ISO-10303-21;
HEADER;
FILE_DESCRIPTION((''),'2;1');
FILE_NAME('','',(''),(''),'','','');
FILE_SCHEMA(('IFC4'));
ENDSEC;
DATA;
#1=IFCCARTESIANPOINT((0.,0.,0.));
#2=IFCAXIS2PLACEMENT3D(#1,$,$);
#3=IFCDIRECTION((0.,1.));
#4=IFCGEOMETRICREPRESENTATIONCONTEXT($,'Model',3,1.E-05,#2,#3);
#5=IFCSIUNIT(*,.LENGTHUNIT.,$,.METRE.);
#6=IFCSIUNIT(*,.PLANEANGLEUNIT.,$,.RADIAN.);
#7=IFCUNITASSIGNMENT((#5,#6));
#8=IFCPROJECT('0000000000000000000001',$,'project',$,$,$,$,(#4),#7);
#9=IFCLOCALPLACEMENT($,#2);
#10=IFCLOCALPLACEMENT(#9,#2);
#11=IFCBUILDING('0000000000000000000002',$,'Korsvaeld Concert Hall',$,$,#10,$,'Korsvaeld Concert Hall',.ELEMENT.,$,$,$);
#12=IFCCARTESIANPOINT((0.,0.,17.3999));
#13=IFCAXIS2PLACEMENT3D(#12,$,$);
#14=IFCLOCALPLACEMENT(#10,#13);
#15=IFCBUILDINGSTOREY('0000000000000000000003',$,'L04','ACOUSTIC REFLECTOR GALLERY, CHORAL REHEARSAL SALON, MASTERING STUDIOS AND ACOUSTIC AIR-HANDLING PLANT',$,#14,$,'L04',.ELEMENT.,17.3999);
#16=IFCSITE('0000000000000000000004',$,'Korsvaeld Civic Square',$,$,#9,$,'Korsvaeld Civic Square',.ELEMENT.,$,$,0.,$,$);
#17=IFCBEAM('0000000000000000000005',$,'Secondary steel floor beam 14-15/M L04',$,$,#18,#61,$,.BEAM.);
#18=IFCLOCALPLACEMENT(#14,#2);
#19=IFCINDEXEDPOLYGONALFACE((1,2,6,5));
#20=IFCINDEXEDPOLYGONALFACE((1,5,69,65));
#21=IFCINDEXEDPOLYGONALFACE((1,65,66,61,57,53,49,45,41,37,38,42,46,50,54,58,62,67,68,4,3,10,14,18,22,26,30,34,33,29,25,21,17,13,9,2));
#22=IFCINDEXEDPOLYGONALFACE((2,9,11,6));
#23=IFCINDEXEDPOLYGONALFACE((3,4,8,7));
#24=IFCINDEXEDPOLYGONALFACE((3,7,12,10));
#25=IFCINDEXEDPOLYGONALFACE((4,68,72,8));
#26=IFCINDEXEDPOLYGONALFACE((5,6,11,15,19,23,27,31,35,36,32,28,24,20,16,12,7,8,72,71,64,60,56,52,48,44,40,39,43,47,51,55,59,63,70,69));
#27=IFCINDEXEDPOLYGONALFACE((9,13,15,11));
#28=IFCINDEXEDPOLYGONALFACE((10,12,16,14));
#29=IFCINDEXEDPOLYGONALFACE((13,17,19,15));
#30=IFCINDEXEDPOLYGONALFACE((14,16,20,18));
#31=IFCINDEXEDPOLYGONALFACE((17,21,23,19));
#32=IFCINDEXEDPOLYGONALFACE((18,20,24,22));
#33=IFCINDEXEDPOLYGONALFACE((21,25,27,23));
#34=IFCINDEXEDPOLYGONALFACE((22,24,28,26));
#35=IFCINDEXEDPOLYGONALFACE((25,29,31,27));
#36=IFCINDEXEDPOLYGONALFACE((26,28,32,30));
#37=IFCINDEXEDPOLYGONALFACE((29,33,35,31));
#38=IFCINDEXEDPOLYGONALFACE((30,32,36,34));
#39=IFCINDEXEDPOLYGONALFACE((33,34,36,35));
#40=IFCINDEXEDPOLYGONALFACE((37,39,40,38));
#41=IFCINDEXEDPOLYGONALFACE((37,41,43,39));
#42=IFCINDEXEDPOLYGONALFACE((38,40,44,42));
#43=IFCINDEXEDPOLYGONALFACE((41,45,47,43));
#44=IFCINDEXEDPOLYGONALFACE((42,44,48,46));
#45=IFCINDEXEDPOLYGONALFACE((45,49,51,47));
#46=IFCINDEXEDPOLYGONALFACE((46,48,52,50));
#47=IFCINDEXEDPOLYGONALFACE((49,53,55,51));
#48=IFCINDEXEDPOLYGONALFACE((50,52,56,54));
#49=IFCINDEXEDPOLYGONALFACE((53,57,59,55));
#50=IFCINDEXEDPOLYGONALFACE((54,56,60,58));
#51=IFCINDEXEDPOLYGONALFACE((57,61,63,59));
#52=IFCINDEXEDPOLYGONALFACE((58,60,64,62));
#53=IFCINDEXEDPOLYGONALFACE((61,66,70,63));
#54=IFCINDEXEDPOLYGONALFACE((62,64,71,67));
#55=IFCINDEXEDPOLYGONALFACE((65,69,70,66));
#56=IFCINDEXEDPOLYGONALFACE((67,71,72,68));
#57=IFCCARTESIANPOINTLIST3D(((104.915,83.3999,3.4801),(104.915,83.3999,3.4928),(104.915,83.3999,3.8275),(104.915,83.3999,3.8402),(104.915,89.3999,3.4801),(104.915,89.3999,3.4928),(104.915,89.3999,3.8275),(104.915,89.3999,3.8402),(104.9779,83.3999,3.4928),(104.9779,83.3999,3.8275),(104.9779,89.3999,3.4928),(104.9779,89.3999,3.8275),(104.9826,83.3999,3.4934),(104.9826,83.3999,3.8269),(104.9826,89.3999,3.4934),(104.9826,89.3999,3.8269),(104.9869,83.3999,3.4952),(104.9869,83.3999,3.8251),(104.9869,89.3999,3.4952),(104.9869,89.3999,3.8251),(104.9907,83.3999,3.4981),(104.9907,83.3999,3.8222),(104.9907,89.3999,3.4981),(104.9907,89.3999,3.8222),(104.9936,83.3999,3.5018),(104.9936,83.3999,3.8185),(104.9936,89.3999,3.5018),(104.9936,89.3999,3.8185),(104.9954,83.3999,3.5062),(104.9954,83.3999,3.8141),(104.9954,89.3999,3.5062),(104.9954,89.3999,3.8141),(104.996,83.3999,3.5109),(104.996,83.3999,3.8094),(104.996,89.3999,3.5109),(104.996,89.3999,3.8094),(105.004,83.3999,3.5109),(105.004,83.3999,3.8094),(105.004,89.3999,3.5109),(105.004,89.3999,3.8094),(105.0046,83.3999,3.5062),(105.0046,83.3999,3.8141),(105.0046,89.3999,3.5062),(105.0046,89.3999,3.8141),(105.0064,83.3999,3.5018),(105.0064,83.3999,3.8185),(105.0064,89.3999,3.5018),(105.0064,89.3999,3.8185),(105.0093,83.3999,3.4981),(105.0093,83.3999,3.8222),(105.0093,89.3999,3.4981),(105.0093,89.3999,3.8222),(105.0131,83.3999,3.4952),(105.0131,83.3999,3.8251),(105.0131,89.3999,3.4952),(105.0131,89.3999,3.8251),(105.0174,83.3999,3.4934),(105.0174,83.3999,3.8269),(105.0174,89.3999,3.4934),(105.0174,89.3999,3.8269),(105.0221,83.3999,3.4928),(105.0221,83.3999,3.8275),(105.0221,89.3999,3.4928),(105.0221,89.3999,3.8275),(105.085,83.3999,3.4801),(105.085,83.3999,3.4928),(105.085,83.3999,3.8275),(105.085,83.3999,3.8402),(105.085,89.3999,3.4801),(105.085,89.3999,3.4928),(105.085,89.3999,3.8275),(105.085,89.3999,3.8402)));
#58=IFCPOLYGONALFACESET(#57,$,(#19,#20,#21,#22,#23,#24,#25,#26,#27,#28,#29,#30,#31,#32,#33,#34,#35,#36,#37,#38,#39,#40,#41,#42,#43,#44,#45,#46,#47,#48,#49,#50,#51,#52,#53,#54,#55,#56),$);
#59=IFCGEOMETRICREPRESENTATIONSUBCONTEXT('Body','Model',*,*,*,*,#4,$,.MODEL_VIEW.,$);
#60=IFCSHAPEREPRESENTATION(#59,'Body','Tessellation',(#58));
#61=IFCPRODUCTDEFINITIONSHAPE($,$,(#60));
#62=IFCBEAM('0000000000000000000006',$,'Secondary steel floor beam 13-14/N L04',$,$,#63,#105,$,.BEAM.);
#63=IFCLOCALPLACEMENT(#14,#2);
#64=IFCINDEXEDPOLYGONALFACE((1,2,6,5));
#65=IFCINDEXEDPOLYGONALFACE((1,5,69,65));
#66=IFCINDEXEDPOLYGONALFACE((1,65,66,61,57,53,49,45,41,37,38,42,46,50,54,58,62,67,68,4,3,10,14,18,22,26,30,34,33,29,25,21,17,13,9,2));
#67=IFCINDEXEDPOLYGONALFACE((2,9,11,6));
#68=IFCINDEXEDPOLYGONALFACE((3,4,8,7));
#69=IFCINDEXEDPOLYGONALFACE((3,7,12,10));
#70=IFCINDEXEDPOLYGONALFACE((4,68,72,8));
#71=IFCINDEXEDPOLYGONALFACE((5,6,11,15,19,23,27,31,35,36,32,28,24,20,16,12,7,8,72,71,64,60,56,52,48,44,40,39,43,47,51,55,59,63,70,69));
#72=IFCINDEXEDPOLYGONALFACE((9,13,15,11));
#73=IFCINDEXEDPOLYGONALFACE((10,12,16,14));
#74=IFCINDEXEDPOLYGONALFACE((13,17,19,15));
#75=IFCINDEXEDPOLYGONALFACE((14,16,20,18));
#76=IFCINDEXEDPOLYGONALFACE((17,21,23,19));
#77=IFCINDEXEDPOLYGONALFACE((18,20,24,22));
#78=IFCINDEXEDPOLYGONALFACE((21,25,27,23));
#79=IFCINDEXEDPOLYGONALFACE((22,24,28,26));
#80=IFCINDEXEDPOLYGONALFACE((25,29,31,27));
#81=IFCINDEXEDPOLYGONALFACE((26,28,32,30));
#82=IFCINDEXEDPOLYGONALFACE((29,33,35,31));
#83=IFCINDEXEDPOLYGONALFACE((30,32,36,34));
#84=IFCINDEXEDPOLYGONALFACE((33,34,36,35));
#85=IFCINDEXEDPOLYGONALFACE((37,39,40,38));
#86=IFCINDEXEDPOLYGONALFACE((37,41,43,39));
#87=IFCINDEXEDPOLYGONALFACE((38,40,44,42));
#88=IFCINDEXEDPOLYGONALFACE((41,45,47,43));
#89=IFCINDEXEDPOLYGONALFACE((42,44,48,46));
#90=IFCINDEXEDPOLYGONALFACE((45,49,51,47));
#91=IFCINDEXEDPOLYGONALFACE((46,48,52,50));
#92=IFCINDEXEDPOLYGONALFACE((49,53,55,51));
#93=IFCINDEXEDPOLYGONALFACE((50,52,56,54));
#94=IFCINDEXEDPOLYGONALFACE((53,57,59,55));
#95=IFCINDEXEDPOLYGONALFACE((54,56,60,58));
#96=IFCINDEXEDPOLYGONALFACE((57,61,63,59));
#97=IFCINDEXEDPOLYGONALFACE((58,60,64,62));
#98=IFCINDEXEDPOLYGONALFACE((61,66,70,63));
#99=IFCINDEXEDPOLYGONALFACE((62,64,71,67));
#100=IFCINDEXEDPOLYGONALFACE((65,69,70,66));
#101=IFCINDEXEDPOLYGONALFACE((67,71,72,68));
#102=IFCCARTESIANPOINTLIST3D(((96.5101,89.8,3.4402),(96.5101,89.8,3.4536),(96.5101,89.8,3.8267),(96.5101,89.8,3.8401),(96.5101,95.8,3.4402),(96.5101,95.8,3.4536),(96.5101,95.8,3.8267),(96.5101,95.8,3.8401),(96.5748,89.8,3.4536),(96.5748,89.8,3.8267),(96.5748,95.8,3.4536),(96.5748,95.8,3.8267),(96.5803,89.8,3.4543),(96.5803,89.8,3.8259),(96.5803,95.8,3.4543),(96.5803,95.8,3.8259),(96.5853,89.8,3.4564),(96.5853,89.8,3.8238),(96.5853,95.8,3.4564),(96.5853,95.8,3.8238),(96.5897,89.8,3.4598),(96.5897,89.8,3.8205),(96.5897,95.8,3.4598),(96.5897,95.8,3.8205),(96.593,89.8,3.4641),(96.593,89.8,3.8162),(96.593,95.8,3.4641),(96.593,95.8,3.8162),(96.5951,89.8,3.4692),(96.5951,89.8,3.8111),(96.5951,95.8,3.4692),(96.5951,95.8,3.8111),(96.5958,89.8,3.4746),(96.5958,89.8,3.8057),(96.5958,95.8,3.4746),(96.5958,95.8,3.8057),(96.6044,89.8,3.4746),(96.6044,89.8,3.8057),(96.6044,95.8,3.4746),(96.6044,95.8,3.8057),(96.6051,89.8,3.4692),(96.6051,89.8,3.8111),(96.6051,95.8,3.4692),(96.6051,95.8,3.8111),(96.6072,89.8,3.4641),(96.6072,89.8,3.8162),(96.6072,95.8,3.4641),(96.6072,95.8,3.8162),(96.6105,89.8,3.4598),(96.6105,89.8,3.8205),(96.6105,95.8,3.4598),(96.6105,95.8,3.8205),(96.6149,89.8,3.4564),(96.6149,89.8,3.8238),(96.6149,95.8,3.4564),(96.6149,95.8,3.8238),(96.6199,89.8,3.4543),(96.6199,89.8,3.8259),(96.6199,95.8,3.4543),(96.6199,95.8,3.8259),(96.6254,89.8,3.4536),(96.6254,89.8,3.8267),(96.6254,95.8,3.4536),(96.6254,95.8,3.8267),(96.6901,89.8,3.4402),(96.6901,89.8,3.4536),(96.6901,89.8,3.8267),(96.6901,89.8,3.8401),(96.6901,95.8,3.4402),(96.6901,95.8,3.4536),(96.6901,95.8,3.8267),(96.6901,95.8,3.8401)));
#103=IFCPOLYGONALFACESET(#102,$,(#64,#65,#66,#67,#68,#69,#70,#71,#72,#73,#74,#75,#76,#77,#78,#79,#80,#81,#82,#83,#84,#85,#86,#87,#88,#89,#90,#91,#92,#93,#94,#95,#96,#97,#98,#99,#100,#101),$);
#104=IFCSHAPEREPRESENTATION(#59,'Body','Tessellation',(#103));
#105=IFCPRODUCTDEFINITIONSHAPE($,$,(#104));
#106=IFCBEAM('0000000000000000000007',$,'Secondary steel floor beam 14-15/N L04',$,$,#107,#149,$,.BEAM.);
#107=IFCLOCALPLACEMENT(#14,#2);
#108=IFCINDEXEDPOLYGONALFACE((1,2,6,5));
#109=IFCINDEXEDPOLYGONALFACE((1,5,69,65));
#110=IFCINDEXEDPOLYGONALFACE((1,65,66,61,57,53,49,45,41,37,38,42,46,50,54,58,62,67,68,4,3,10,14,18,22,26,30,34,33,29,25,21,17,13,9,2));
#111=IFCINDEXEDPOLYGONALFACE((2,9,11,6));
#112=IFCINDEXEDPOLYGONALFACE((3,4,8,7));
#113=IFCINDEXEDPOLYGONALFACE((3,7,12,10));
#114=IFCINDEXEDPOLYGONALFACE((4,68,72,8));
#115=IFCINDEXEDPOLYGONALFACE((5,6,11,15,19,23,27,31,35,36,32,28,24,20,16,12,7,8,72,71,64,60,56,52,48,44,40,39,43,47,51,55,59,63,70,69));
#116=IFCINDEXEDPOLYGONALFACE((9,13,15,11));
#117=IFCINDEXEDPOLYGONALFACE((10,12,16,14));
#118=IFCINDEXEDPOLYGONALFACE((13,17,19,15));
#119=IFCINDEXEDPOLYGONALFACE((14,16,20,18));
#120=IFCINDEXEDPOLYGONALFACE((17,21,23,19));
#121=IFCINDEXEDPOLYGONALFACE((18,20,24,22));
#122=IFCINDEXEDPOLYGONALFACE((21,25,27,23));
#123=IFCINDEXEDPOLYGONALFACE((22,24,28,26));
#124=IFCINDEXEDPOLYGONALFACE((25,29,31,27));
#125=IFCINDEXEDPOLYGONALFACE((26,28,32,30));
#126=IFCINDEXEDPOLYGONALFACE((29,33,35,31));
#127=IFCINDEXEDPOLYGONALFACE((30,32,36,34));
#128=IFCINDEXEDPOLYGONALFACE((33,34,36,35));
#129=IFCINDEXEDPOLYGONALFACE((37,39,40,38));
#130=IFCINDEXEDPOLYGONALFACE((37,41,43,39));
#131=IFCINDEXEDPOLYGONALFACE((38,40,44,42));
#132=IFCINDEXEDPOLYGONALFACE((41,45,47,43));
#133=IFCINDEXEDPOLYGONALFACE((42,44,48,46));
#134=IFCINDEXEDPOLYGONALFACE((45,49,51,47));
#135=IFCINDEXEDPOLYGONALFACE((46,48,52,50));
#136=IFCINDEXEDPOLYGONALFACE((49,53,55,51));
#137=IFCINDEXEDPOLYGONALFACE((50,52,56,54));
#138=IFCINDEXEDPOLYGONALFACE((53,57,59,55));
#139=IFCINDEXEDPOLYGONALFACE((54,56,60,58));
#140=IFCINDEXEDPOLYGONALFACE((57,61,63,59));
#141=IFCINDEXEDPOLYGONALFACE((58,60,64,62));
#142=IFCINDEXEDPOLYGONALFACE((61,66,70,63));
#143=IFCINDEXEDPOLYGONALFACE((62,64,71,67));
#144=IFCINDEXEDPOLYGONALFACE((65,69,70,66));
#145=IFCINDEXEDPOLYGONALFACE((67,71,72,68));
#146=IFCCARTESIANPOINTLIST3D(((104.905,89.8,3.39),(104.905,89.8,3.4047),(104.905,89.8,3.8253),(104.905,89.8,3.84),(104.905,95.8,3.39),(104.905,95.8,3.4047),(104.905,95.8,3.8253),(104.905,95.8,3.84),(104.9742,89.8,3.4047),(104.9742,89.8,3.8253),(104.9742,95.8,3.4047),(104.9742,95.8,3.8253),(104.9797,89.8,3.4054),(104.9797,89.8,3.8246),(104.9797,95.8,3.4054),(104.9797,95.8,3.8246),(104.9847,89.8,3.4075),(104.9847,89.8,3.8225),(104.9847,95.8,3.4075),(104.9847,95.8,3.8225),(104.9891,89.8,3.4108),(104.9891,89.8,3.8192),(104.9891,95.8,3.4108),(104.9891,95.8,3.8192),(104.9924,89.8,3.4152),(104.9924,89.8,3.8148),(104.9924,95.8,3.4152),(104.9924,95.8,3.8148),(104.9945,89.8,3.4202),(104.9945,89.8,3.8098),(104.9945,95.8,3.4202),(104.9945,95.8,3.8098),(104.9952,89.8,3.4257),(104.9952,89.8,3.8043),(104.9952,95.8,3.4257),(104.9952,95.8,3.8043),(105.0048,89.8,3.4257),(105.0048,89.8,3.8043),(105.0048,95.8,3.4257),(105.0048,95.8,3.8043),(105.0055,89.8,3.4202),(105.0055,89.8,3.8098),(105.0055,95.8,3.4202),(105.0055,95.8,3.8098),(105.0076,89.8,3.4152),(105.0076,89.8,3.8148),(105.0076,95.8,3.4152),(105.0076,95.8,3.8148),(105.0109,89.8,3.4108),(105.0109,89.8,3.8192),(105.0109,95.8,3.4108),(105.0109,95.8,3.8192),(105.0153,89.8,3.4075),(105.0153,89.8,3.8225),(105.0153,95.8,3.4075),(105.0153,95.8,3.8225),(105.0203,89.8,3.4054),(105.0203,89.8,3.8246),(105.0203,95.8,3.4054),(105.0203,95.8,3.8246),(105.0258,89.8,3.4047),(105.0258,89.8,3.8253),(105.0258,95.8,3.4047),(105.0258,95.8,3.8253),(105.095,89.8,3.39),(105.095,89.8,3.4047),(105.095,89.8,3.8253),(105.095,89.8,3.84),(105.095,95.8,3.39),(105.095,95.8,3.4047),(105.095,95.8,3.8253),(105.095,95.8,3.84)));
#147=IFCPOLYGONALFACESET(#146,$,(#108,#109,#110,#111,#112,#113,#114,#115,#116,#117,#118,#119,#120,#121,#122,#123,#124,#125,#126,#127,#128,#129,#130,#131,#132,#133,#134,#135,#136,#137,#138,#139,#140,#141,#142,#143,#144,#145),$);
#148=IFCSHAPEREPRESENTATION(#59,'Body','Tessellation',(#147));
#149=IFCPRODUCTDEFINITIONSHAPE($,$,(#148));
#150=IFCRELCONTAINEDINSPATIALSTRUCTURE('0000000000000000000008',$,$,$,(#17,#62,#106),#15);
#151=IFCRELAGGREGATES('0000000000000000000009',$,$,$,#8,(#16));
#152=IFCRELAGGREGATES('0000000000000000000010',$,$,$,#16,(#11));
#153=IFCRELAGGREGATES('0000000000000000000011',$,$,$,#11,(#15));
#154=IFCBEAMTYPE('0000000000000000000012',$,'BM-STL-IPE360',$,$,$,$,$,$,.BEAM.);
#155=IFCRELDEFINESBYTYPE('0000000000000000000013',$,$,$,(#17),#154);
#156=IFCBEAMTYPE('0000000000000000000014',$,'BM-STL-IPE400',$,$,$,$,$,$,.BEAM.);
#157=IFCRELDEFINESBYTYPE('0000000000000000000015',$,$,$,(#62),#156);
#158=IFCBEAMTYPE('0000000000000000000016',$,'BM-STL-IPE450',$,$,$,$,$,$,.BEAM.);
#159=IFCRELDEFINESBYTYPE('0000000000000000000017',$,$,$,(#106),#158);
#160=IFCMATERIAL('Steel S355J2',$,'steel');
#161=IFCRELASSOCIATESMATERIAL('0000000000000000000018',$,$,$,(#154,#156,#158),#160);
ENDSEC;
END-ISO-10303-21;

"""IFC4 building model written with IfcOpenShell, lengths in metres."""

from ifc_helpers import new_model, si_unit, direction, frame, origin, origin_2d, place, context, subcontext, project, spatial, i_section, extrude, material, material_profile, profile_set, type_object, element, save


model = new_model("IFC4")

# Units and contexts
model_context = context("Model", 3, precision=1e-05, world=origin(), true_north=direction((0.0, 1.0)))
body_context = subcontext(model_context, "Body", "Model", "MODEL_VIEW")
ifc_project = project(units=[si_unit("LENGTHUNIT", "METRE"), si_unit("PLANEANGLEUNIT", "RADIAN")], contexts=[model_context])

# Site, building, storey
site_placement = place(None, origin())
site = spatial("IfcSite", under=ifc_project, at=site_placement, Name="Korsvaeld Civic Square", LongName="Korsvaeld Civic Square", CompositionType="ELEMENT", RefElevation=0.0)
building_placement = place(site_placement, origin())
building = spatial("IfcBuilding", under=site, at=building_placement, Name="Korsvaeld Concert Hall", LongName="Korsvaeld Concert Hall", CompositionType="ELEMENT")
storey_placement = place(building_placement, frame((0.0, 0.0, 17.3999)))
storey = spatial("IfcBuildingStorey", under=building, at=storey_placement, Name="L04", Description="ACOUSTIC REFLECTOR GALLERY, CHORAL REHEARSAL SALON, MASTERING STUDIOS AND ACOUSTIC AIR-HANDLING PLANT", LongName="L04", CompositionType="ELEMENT", Elevation=17.3999)

# Beams
ifc_material_1 = material(Name="Steel S355J2", Category="steel")
ifc_material_profile_1 = material_profile(ifc_material_1, i_section(OverallWidth=0.1699, OverallDepth=0.3601, WebThickness=0.0081, FlangeThickness=0.0127, FilletRadius=0.0181, at=origin_2d()), Name="IPE 360")
ifc_profile_set_1 = profile_set([ifc_material_profile_1], Name="Steel S355J2")
beam_type_1 = type_object("IfcBeamType", Name="BM-STL-IPE360", PredefinedType="BEAM", material=ifc_profile_set_1)
beam_1_placement = place(storey_placement, frame((105.0, 83.3999, 3.6602), z_axis=(0.0, 1.0, 0.0), x_axis=(-1.0, 0.0, 0.0)))
element("IfcBeam", 1, at=beam_1_placement, inside=storey, type_object=beam_type_1, Name="Secondary steel floor beam 14-15/M L04", PredefinedType="BEAM", context=body_context, shape_type="SweptSolid", body=[
    extrude(i_section(OverallWidth=0.1699, OverallDepth=0.3601, WebThickness=0.0081, FlangeThickness=0.0127, FilletRadius=0.0181, at=origin_2d()), origin(), (0.0, 0.0, 1.0), 6.0),
])
ifc_material_profile_2 = material_profile(ifc_material_1, i_section(OverallWidth=0.1799, OverallDepth=0.3999, WebThickness=0.0085, FlangeThickness=0.0134, FilletRadius=0.021, at=origin_2d()), Name="IPE 400")
ifc_profile_set_2 = profile_set([ifc_material_profile_2], Name="Steel S355J2")
beam_type_2 = type_object("IfcBeamType", Name="BM-STL-IPE400", PredefinedType="BEAM", material=ifc_profile_set_2)
beam_2_placement = place(storey_placement, frame((96.6001, 89.8, 3.6401), z_axis=(0.0, 1.0, 0.0), x_axis=(-1.0, 0.0, 0.0)))
element("IfcBeam", 2, at=beam_2_placement, inside=storey, type_object=beam_type_2, Name="Secondary steel floor beam 13-14/N L04", PredefinedType="BEAM", context=body_context, shape_type="SweptSolid", body=[
    extrude(i_section(OverallWidth=0.1799, OverallDepth=0.3999, WebThickness=0.0085, FlangeThickness=0.0134, FilletRadius=0.021, at=origin_2d()), origin(), (0.0, 0.0, 1.0), 6.0),
])
ifc_material_profile_3 = material_profile(ifc_material_1, i_section(OverallWidth=0.1899, OverallDepth=0.45, WebThickness=0.0095, FlangeThickness=0.0146, FilletRadius=0.021, at=origin_2d()), Name="IPE 450")
ifc_profile_set_3 = profile_set([ifc_material_profile_3], Name="Steel S355J2")
beam_type_3 = type_object("IfcBeamType", Name="BM-STL-IPE450", PredefinedType="BEAM", material=ifc_profile_set_3)
beam_3_placement = place(storey_placement, frame((105.0, 89.8, 3.615), z_axis=(0.0, 1.0, 0.0), x_axis=(-1.0, 0.0, 0.0)))
element("IfcBeam", 3, at=beam_3_placement, inside=storey, type_object=beam_type_3, Name="Secondary steel floor beam 14-15/N L04", PredefinedType="BEAM", context=body_context, shape_type="SweptSolid", body=[
    extrude(i_section(OverallWidth=0.1899, OverallDepth=0.45, WebThickness=0.0095, FlangeThickness=0.0146, FilletRadius=0.021, at=origin_2d()), origin(), (0.0, 0.0, 1.0), 6.0),
])

save(model, "model.ifc")
